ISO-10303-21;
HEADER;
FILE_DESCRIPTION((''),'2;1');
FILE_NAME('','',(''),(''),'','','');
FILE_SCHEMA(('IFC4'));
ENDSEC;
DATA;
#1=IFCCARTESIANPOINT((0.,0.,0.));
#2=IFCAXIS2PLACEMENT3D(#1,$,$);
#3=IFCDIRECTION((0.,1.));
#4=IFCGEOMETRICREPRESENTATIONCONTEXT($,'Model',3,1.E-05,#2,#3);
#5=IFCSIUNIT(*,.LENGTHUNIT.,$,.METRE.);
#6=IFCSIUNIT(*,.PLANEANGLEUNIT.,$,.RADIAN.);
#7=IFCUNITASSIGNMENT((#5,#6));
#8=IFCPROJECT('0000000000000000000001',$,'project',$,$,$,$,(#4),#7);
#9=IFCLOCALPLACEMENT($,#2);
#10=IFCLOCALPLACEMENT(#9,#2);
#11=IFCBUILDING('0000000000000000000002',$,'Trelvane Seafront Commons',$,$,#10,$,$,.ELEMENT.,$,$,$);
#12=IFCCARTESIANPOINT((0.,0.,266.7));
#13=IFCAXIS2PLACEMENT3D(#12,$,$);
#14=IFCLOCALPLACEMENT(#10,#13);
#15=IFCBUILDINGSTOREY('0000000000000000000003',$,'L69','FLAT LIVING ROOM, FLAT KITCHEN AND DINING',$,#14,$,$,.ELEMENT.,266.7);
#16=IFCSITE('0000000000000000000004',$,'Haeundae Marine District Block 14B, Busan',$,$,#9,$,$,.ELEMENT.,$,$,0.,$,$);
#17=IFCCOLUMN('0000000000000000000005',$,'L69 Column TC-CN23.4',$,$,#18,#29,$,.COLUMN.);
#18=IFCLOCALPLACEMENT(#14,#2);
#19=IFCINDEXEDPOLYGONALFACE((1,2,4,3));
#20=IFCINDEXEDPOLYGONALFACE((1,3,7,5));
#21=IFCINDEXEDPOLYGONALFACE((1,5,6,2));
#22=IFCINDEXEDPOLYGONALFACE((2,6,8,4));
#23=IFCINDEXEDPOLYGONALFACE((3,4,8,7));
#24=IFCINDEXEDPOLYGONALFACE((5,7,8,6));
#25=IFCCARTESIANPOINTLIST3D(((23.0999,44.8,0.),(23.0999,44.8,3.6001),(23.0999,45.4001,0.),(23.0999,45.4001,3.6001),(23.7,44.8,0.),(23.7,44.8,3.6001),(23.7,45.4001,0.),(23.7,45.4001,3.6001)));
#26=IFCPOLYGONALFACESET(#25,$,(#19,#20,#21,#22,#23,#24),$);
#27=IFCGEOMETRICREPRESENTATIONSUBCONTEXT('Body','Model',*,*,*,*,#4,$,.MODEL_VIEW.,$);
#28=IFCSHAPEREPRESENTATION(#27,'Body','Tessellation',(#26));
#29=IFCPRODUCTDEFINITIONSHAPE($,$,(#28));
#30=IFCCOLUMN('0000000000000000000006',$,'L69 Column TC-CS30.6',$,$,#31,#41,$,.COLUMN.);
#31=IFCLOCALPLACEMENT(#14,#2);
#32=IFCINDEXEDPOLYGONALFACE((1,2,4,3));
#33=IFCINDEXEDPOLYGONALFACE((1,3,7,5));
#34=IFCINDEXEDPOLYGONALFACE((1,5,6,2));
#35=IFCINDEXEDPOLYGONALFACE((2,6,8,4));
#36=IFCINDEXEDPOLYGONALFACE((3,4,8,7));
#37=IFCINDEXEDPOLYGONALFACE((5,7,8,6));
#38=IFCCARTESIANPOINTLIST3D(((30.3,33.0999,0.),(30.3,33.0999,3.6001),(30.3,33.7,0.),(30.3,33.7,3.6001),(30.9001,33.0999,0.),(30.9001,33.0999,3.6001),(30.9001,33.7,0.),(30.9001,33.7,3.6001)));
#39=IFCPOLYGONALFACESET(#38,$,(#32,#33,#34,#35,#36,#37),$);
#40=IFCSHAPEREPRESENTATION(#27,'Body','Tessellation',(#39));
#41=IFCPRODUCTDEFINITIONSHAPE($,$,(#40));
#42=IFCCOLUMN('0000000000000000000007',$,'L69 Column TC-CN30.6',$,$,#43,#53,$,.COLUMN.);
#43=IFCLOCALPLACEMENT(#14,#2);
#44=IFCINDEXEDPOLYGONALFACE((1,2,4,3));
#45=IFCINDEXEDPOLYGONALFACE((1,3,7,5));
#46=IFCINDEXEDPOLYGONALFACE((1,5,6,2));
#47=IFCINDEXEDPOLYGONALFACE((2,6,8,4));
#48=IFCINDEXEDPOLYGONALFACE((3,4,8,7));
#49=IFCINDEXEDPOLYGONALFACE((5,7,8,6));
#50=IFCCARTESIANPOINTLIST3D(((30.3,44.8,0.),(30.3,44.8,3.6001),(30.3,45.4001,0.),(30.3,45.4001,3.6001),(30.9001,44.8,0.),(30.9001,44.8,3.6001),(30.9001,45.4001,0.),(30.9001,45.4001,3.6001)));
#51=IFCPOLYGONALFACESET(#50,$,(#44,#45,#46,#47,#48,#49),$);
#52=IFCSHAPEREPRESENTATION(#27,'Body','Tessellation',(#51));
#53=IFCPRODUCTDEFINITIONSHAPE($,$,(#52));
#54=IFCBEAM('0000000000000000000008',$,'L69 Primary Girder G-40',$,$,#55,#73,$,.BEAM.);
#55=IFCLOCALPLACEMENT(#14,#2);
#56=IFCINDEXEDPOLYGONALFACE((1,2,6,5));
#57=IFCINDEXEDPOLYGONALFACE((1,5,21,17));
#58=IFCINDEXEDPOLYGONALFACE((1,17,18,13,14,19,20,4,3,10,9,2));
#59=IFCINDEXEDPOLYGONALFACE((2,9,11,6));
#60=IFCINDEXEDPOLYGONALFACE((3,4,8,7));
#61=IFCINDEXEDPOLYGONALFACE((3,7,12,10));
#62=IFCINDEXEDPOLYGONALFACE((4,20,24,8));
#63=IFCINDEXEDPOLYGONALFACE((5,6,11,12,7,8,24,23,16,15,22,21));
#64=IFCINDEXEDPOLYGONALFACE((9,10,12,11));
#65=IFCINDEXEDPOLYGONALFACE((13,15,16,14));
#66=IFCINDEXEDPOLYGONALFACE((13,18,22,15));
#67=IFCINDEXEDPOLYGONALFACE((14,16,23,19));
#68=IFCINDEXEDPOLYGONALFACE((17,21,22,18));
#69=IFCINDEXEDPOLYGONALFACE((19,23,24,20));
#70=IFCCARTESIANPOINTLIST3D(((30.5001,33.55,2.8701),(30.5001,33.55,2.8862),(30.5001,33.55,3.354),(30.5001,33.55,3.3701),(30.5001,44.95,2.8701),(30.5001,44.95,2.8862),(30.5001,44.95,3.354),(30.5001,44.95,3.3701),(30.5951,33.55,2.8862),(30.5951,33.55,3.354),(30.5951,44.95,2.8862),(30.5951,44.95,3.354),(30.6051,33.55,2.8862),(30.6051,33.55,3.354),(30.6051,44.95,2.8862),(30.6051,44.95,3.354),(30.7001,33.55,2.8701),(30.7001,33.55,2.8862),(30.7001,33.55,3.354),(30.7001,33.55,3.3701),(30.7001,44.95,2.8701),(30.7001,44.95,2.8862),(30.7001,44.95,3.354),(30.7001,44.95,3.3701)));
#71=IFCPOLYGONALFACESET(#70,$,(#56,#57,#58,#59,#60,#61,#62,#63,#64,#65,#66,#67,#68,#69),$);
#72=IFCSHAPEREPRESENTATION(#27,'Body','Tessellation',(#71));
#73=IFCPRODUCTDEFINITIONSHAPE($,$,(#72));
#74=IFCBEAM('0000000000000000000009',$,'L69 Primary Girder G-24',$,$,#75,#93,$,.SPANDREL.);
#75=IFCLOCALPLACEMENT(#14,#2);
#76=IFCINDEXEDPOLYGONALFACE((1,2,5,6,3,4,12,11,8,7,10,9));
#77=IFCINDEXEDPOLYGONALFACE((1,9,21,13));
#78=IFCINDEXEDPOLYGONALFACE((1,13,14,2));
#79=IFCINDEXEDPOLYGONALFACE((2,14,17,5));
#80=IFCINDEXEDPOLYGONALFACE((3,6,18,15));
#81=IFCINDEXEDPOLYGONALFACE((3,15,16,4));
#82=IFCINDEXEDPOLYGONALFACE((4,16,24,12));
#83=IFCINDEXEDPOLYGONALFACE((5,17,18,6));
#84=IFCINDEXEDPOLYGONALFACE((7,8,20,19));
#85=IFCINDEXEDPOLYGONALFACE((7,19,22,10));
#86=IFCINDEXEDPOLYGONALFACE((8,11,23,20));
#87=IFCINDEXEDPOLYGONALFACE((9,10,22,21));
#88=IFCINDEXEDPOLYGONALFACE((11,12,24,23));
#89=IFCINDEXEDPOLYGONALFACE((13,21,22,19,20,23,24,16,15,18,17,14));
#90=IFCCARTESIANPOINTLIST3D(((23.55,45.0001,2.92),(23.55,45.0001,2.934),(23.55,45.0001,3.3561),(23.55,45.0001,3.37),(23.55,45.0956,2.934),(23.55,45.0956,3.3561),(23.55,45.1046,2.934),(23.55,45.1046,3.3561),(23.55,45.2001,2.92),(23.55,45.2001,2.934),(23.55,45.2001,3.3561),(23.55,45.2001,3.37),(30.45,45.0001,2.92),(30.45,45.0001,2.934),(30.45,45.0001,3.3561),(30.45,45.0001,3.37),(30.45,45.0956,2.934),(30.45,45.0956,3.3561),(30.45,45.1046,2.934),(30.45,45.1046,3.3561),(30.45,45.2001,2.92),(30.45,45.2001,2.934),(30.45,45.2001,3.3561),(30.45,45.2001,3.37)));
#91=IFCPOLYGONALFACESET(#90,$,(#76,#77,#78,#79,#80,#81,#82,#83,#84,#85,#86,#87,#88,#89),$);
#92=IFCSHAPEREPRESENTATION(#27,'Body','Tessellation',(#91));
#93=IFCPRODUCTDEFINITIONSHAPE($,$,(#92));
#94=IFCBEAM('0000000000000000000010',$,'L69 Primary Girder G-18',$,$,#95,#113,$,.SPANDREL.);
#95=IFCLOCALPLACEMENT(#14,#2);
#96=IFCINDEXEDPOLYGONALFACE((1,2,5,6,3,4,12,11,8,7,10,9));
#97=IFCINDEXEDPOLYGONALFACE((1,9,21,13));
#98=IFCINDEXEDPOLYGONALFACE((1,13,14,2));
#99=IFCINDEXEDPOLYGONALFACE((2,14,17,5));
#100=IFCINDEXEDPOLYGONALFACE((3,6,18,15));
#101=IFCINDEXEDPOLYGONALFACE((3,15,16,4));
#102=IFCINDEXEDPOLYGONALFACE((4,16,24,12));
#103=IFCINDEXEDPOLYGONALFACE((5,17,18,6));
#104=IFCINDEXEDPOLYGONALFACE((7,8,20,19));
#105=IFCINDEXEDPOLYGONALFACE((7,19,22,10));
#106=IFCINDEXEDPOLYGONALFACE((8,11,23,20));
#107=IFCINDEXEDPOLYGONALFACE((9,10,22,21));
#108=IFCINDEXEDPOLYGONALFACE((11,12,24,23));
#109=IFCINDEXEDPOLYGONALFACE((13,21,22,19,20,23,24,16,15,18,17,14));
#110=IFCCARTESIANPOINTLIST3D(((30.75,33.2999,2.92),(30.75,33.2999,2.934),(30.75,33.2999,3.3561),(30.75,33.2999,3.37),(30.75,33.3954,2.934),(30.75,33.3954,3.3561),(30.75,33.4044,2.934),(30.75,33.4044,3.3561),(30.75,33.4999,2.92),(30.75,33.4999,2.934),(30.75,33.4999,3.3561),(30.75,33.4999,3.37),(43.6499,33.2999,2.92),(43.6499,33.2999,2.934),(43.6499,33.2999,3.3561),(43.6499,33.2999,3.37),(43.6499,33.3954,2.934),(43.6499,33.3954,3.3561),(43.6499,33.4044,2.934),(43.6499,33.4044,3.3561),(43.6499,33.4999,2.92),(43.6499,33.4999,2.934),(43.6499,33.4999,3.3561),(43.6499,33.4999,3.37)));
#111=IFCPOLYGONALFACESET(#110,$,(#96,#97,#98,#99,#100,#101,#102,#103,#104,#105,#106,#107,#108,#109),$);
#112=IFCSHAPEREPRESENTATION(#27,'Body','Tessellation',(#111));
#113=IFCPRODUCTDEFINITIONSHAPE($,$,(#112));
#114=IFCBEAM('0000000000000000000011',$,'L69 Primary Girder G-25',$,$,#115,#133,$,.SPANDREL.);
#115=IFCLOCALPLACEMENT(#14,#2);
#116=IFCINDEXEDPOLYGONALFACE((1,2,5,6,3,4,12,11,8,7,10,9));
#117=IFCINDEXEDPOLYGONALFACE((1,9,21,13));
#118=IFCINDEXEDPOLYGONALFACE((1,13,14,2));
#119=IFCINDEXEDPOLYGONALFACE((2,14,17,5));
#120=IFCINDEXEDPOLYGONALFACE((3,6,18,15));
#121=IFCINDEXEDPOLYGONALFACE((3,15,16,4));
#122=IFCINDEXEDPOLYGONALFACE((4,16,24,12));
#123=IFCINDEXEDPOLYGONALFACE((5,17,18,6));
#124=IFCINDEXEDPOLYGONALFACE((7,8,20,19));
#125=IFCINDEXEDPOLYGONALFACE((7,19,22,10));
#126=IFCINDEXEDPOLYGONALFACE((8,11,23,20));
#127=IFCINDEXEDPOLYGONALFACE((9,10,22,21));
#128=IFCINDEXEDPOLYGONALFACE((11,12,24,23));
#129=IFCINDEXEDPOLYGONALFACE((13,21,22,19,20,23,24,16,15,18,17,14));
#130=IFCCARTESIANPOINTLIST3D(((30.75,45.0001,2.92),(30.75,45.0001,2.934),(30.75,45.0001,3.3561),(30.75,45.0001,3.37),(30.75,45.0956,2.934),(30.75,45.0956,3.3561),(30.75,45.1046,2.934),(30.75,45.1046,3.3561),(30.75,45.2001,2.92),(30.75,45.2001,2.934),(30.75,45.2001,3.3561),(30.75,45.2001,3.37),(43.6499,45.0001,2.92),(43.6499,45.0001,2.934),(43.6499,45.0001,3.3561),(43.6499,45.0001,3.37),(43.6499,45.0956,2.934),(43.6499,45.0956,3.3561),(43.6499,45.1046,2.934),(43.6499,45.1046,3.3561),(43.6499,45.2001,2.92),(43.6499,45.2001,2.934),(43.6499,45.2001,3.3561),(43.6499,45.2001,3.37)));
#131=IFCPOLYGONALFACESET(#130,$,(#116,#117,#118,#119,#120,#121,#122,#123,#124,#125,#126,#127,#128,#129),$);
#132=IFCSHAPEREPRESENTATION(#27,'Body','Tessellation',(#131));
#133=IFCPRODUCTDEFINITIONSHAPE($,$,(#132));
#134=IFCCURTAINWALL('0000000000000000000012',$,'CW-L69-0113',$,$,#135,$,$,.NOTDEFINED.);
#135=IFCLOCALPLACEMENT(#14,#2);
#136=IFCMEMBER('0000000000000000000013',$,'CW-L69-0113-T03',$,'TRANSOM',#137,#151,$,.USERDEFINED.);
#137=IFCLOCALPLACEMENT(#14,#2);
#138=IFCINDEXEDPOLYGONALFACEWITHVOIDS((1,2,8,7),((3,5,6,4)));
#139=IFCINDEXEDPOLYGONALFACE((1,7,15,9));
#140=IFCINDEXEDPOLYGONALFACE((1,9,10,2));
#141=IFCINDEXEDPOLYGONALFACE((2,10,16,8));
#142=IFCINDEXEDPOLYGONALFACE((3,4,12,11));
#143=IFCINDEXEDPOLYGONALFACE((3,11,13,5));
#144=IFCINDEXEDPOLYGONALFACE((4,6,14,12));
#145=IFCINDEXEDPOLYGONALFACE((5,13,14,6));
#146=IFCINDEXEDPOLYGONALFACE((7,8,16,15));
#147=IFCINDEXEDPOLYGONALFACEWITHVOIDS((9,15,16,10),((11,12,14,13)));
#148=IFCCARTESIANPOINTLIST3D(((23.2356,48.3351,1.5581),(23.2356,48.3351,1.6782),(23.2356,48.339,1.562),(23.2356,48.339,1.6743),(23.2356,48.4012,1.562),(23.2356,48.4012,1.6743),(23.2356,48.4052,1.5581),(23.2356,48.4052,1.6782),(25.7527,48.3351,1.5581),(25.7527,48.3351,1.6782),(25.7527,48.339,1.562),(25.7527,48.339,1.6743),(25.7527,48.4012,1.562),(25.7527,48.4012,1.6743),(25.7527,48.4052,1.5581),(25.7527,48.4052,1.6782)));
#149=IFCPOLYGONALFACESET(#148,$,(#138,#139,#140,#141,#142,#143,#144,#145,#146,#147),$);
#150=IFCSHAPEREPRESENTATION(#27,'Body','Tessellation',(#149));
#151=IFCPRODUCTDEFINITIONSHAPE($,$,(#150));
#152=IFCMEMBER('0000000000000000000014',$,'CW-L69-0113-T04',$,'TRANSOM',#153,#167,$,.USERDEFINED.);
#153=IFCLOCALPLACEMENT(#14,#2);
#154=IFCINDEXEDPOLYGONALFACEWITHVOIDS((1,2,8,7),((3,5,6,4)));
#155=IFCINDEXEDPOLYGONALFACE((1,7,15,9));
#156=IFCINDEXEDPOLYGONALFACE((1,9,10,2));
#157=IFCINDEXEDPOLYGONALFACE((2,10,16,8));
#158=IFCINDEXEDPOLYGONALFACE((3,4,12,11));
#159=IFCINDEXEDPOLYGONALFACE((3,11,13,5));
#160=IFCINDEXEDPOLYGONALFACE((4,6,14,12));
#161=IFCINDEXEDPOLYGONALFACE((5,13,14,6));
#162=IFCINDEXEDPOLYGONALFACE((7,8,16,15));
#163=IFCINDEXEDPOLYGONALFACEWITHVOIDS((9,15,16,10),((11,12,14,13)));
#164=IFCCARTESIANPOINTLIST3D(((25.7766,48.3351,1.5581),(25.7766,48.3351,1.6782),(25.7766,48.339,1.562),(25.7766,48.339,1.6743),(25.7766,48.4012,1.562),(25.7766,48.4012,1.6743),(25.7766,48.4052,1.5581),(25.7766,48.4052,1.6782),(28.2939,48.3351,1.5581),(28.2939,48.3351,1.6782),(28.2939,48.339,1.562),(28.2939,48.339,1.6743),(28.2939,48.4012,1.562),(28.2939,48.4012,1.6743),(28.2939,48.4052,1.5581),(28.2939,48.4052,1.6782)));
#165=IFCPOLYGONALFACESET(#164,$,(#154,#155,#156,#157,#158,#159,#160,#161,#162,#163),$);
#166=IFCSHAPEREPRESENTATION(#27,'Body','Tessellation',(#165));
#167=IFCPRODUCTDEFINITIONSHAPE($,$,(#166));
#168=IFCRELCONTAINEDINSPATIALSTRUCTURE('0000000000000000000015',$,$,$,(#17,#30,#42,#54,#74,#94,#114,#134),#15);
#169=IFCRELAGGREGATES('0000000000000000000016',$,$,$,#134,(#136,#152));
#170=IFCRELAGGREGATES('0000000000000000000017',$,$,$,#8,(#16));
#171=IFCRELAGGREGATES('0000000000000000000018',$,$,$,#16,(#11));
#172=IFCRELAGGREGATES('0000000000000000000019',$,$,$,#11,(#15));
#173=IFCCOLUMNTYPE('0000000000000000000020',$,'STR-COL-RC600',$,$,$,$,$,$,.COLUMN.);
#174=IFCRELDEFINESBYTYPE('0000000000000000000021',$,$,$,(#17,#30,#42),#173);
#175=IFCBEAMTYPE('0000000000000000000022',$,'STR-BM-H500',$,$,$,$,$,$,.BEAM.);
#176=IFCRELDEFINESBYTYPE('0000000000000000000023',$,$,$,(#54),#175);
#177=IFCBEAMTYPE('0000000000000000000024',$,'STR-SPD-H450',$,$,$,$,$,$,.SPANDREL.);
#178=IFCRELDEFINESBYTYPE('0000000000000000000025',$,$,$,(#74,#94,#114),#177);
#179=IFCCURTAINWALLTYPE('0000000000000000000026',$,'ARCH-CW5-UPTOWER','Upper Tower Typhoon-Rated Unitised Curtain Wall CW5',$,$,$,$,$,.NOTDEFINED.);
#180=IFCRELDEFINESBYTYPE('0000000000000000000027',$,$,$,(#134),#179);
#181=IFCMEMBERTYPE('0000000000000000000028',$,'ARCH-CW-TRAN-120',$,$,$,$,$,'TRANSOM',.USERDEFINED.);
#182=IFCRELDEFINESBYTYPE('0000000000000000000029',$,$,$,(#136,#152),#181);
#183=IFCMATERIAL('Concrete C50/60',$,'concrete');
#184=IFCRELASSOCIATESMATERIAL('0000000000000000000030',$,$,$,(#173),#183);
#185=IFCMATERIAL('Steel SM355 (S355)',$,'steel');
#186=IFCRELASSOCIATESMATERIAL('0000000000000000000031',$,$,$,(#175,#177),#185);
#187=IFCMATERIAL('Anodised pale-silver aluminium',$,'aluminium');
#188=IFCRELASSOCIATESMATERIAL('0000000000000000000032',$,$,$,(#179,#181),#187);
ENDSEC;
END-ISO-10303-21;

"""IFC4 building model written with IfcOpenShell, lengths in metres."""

from ifc_helpers import new_model, si_unit, direction, frame, origin, origin_2d, place, context, subcontext, project, spatial, rectangle, hollow_rectangle, i_section, extrude, source, transform, mapped, material, material_profile, profile_set, type_object, element, aggregate, save


model = new_model("IFC4")

# Units and contexts
model_context = context("Model", 3, precision=1e-05, world=origin(), true_north=direction((0.0, 1.0)))
body_context = subcontext(model_context, "Body", "Model", "MODEL_VIEW")
ifc_project = project(units=[si_unit("LENGTHUNIT", "METRE"), si_unit("PLANEANGLEUNIT", "RADIAN")], contexts=[model_context])

# Site, building, storey
site_placement = place(None, origin())
site = spatial("IfcSite", under=ifc_project, at=site_placement, Name="Haeundae Marine District Block 14B, Busan", CompositionType="ELEMENT", RefElevation=0.0)
building_placement = place(site_placement, origin())
building = spatial("IfcBuilding", under=site, at=building_placement, Name="Trelvane Seafront Commons", CompositionType="ELEMENT")
storey_placement = place(building_placement, frame((0.0, 0.0, 266.7)))
storey = spatial("IfcBuildingStorey", under=building, at=storey_placement, Name="L69", Description="FLAT LIVING ROOM, FLAT KITCHEN AND DINING", CompositionType="ELEMENT", Elevation=266.7)

# Columns
ifc_material_1 = material(Name="Concrete C50/60", Category="concrete")
ifc_material_profile_1 = material_profile(ifc_material_1, rectangle(XDim=0.6001, YDim=0.6001, at=origin_2d()), Name="RC-600x600")
ifc_profile_set_1 = profile_set([ifc_material_profile_1], Name="Concrete C50/60")
column_type = type_object("IfcColumnType", Name="STR-COL-RC600", PredefinedType="COLUMN", material=ifc_profile_set_1)
shared_shape_1 = source(origin(), body_context, "Body", "SweptSolid", [
    extrude(rectangle(XDim=0.6001, YDim=0.6001, at=origin_2d()), origin(), (0.0, 0.0, 1.0), 3.6001),
])
for number, where, z_axis, x_axis, name in (
    (1, (23.3999, 45.1001, 0.0), (0.0, 0.0, 1.0), (1.0, 0.0, 0.0), "L69 Column TC-CN23.4"),
    (2, (30.6001, 33.3999, 0.0), (0.0, 0.0, 1.0), (1.0, 0.0, 0.0), "L69 Column TC-CS30.6"),
    (3, (30.6001, 45.1001, 0.0), (0.0, 0.0, 1.0), (1.0, 0.0, 0.0), "L69 Column TC-CN30.6"),
):
    element("IfcColumn", number, at=place(storey_placement, frame(where, z_axis=z_axis, x_axis=x_axis)), inside=storey, type_object=column_type, Name=name, PredefinedType="COLUMN", context=body_context, shape_type="MappedRepresentation", body=[
        mapped(shared_shape_1, transform((0.0, 0.0, 0.0), x_axis=(1.0, 0.0, 0.0), y_axis=(0.0, 1.0, 0.0), z_axis=(0.0, 0.0, 1.0), scale=1.0)),
    ])

# Beams
ifc_material_2 = material(Name="Steel SM355 (S355)", Category="steel")
ifc_material_profile_2 = material_profile(ifc_material_2, i_section(OverallWidth=0.2, OverallDepth=0.5, WebThickness=0.01, FlangeThickness=0.0161, at=origin_2d()), Name="H-500x200x10x16")
ifc_profile_set_2 = profile_set([ifc_material_profile_2], Name="Steel SM355 (S355)")
beam_type_1 = type_object("IfcBeamType", Name="STR-BM-H500", PredefinedType="BEAM", material=ifc_profile_set_2)
shared_shape_2 = source(origin(), body_context, "Body", "SweptSolid", [
    extrude(i_section(OverallWidth=0.2, OverallDepth=0.5, WebThickness=0.01, FlangeThickness=0.0161, at=origin_2d()), origin(), (0.0, 0.0, 1.0), 11.3999),
])
beam_1_placement = place(storey_placement, frame((30.6001, 33.55, 3.1201), z_axis=(0.0, 1.0, 0.0), x_axis=(-1.0, 0.0, 0.0)))
element("IfcBeam", 4, at=beam_1_placement, inside=storey, type_object=beam_type_1, Name="L69 Primary Girder G-40", PredefinedType="BEAM", context=body_context, shape_type="MappedRepresentation", body=[
    mapped(shared_shape_2, transform((0.0, 0.0, 0.0), x_axis=(1.0, 0.0, 0.0), y_axis=(0.0, 1.0, 0.0), z_axis=(0.0, 0.0, 1.0), scale=1.0)),
])
ifc_material_profile_3 = material_profile(ifc_material_2, i_section(OverallWidth=0.2, OverallDepth=0.45, WebThickness=0.009, FlangeThickness=0.0139, at=origin_2d()), Name="H-450x200x9x14")
ifc_profile_set_3 = profile_set([ifc_material_profile_3], Name="Steel SM355 (S355)")
beam_type_2 = type_object("IfcBeamType", Name="STR-SPD-H450", PredefinedType="SPANDREL", material=ifc_profile_set_3)
shared_shape_3 = source(origin(), body_context, "Body", "SweptSolid", [
    extrude(i_section(OverallWidth=0.2, OverallDepth=0.45, WebThickness=0.009, FlangeThickness=0.0139, at=origin_2d()), origin(), (0.0, 0.0, 1.0), 6.8999),
])
beam_2_placement = place(storey_placement, frame((23.55, 45.1001, 3.145), z_axis=(1.0, 0.0, 0.0), x_axis=(0.0, 1.0, 0.0)))
element("IfcBeam", 5, at=beam_2_placement, inside=storey, type_object=beam_type_2, Name="L69 Primary Girder G-24", PredefinedType="SPANDREL", context=body_context, shape_type="MappedRepresentation", body=[
    mapped(shared_shape_3, transform((0.0, 0.0, 0.0), x_axis=(1.0, 0.0, 0.0), y_axis=(0.0, 1.0, 0.0), z_axis=(0.0, 0.0, 1.0), scale=1.0)),
])
shared_shape_4 = source(origin(), body_context, "Body", "SweptSolid", [
    extrude(i_section(OverallWidth=0.2, OverallDepth=0.45, WebThickness=0.009, FlangeThickness=0.0139, at=origin_2d()), origin(), (0.0, 0.0, 1.0), 12.8999),
])
for number, where, z_axis, x_axis, name in (
    (6, (30.75, 33.3999, 3.145), (1.0, 0.0, 0.0), (0.0, 1.0, 0.0), "L69 Primary Girder G-18"),
    (7, (30.75, 45.1001, 3.145), (1.0, 0.0, 0.0), (0.0, 1.0, 0.0), "L69 Primary Girder G-25"),
):
    element("IfcBeam", number, at=place(storey_placement, frame(where, z_axis=z_axis, x_axis=x_axis)), inside=storey, type_object=beam_type_2, Name=name, PredefinedType="SPANDREL", context=body_context, shape_type="MappedRepresentation", body=[
        mapped(shared_shape_4, transform((0.0, 0.0, 0.0), x_axis=(1.0, 0.0, 0.0), y_axis=(0.0, 1.0, 0.0), z_axis=(0.0, 0.0, 1.0), scale=1.0)),
    ])

# Curtain wall, members
ifc_material_3 = material(Name="Anodised pale-silver aluminium", Category="aluminium")
curtain_wall_type = type_object("IfcCurtainWallType", Name="ARCH-CW5-UPTOWER", Description="Upper Tower Typhoon-Rated Unitised Curtain Wall CW5", PredefinedType="NOTDEFINED", material=ifc_material_3)
curtain_wall_placement = place(storey_placement, origin())
curtain_wall = element("IfcCurtainWall", 8, at=curtain_wall_placement, inside=storey, type_object=curtain_wall_type, Name="CW-L69-0113", PredefinedType="NOTDEFINED")
ifc_material_profile_4 = material_profile(ifc_material_3, hollow_rectangle(XDim=0.0701, YDim=0.1201, WallThickness=0.0039, at=origin_2d()), Name="TRAN-70x120x4")
ifc_profile_set_4 = profile_set([ifc_material_profile_4], Name="Anodised pale-silver aluminium")
member_type_1 = type_object("IfcMemberType", Name="ARCH-CW-TRAN-120", ElementType="TRANSOM", PredefinedType="USERDEFINED", material=ifc_profile_set_4)
shared_shape_5 = source(origin(), body_context, "Body", "SweptSolid", [
    extrude(hollow_rectangle(XDim=0.0701, YDim=0.1201, WallThickness=0.0039, at=origin_2d()), origin(), (0.0, 0.0, 1.0), 2.5171),
])
member_1_placement = place(storey_placement, frame((23.2356, 48.3701, 1.6182), z_axis=(1.0, 0.0, 0.0), x_axis=(0.0, 1.0, 0.0)))
member_1 = element("IfcMember", 9, at=member_1_placement, type_object=member_type_1, Name="CW-L69-0113-T03", ObjectType="TRANSOM", PredefinedType="USERDEFINED", context=body_context, shape_type="MappedRepresentation", body=[
    mapped(shared_shape_5, transform((0.0, 0.0, 0.0), x_axis=(1.0, 0.0, 0.0), y_axis=(0.0, 1.0, 0.0), z_axis=(0.0, 0.0, 1.0), scale=1.0)),
])
shared_shape_6 = source(origin(), body_context, "Body", "SweptSolid", [
    extrude(hollow_rectangle(XDim=0.0701, YDim=0.1201, WallThickness=0.0039, at=origin_2d()), origin(), (0.0, 0.0, 1.0), 2.5173),
])
member_2_placement = place(storey_placement, frame((25.7766, 48.3701, 1.6182), z_axis=(1.0, 0.0, 0.0), x_axis=(0.0, 1.0, 0.0)))
member_2 = element("IfcMember", 10, at=member_2_placement, type_object=member_type_1, Name="CW-L69-0113-T04", ObjectType="TRANSOM", PredefinedType="USERDEFINED", context=body_context, shape_type="MappedRepresentation", body=[
    mapped(shared_shape_6, transform((0.0, 0.0, 0.0), x_axis=(1.0, 0.0, 0.0), y_axis=(0.0, 1.0, 0.0), z_axis=(0.0, 0.0, 1.0), scale=1.0)),
])
aggregate(curtain_wall, [member_1, member_2])

save(model, "model.ifc")
